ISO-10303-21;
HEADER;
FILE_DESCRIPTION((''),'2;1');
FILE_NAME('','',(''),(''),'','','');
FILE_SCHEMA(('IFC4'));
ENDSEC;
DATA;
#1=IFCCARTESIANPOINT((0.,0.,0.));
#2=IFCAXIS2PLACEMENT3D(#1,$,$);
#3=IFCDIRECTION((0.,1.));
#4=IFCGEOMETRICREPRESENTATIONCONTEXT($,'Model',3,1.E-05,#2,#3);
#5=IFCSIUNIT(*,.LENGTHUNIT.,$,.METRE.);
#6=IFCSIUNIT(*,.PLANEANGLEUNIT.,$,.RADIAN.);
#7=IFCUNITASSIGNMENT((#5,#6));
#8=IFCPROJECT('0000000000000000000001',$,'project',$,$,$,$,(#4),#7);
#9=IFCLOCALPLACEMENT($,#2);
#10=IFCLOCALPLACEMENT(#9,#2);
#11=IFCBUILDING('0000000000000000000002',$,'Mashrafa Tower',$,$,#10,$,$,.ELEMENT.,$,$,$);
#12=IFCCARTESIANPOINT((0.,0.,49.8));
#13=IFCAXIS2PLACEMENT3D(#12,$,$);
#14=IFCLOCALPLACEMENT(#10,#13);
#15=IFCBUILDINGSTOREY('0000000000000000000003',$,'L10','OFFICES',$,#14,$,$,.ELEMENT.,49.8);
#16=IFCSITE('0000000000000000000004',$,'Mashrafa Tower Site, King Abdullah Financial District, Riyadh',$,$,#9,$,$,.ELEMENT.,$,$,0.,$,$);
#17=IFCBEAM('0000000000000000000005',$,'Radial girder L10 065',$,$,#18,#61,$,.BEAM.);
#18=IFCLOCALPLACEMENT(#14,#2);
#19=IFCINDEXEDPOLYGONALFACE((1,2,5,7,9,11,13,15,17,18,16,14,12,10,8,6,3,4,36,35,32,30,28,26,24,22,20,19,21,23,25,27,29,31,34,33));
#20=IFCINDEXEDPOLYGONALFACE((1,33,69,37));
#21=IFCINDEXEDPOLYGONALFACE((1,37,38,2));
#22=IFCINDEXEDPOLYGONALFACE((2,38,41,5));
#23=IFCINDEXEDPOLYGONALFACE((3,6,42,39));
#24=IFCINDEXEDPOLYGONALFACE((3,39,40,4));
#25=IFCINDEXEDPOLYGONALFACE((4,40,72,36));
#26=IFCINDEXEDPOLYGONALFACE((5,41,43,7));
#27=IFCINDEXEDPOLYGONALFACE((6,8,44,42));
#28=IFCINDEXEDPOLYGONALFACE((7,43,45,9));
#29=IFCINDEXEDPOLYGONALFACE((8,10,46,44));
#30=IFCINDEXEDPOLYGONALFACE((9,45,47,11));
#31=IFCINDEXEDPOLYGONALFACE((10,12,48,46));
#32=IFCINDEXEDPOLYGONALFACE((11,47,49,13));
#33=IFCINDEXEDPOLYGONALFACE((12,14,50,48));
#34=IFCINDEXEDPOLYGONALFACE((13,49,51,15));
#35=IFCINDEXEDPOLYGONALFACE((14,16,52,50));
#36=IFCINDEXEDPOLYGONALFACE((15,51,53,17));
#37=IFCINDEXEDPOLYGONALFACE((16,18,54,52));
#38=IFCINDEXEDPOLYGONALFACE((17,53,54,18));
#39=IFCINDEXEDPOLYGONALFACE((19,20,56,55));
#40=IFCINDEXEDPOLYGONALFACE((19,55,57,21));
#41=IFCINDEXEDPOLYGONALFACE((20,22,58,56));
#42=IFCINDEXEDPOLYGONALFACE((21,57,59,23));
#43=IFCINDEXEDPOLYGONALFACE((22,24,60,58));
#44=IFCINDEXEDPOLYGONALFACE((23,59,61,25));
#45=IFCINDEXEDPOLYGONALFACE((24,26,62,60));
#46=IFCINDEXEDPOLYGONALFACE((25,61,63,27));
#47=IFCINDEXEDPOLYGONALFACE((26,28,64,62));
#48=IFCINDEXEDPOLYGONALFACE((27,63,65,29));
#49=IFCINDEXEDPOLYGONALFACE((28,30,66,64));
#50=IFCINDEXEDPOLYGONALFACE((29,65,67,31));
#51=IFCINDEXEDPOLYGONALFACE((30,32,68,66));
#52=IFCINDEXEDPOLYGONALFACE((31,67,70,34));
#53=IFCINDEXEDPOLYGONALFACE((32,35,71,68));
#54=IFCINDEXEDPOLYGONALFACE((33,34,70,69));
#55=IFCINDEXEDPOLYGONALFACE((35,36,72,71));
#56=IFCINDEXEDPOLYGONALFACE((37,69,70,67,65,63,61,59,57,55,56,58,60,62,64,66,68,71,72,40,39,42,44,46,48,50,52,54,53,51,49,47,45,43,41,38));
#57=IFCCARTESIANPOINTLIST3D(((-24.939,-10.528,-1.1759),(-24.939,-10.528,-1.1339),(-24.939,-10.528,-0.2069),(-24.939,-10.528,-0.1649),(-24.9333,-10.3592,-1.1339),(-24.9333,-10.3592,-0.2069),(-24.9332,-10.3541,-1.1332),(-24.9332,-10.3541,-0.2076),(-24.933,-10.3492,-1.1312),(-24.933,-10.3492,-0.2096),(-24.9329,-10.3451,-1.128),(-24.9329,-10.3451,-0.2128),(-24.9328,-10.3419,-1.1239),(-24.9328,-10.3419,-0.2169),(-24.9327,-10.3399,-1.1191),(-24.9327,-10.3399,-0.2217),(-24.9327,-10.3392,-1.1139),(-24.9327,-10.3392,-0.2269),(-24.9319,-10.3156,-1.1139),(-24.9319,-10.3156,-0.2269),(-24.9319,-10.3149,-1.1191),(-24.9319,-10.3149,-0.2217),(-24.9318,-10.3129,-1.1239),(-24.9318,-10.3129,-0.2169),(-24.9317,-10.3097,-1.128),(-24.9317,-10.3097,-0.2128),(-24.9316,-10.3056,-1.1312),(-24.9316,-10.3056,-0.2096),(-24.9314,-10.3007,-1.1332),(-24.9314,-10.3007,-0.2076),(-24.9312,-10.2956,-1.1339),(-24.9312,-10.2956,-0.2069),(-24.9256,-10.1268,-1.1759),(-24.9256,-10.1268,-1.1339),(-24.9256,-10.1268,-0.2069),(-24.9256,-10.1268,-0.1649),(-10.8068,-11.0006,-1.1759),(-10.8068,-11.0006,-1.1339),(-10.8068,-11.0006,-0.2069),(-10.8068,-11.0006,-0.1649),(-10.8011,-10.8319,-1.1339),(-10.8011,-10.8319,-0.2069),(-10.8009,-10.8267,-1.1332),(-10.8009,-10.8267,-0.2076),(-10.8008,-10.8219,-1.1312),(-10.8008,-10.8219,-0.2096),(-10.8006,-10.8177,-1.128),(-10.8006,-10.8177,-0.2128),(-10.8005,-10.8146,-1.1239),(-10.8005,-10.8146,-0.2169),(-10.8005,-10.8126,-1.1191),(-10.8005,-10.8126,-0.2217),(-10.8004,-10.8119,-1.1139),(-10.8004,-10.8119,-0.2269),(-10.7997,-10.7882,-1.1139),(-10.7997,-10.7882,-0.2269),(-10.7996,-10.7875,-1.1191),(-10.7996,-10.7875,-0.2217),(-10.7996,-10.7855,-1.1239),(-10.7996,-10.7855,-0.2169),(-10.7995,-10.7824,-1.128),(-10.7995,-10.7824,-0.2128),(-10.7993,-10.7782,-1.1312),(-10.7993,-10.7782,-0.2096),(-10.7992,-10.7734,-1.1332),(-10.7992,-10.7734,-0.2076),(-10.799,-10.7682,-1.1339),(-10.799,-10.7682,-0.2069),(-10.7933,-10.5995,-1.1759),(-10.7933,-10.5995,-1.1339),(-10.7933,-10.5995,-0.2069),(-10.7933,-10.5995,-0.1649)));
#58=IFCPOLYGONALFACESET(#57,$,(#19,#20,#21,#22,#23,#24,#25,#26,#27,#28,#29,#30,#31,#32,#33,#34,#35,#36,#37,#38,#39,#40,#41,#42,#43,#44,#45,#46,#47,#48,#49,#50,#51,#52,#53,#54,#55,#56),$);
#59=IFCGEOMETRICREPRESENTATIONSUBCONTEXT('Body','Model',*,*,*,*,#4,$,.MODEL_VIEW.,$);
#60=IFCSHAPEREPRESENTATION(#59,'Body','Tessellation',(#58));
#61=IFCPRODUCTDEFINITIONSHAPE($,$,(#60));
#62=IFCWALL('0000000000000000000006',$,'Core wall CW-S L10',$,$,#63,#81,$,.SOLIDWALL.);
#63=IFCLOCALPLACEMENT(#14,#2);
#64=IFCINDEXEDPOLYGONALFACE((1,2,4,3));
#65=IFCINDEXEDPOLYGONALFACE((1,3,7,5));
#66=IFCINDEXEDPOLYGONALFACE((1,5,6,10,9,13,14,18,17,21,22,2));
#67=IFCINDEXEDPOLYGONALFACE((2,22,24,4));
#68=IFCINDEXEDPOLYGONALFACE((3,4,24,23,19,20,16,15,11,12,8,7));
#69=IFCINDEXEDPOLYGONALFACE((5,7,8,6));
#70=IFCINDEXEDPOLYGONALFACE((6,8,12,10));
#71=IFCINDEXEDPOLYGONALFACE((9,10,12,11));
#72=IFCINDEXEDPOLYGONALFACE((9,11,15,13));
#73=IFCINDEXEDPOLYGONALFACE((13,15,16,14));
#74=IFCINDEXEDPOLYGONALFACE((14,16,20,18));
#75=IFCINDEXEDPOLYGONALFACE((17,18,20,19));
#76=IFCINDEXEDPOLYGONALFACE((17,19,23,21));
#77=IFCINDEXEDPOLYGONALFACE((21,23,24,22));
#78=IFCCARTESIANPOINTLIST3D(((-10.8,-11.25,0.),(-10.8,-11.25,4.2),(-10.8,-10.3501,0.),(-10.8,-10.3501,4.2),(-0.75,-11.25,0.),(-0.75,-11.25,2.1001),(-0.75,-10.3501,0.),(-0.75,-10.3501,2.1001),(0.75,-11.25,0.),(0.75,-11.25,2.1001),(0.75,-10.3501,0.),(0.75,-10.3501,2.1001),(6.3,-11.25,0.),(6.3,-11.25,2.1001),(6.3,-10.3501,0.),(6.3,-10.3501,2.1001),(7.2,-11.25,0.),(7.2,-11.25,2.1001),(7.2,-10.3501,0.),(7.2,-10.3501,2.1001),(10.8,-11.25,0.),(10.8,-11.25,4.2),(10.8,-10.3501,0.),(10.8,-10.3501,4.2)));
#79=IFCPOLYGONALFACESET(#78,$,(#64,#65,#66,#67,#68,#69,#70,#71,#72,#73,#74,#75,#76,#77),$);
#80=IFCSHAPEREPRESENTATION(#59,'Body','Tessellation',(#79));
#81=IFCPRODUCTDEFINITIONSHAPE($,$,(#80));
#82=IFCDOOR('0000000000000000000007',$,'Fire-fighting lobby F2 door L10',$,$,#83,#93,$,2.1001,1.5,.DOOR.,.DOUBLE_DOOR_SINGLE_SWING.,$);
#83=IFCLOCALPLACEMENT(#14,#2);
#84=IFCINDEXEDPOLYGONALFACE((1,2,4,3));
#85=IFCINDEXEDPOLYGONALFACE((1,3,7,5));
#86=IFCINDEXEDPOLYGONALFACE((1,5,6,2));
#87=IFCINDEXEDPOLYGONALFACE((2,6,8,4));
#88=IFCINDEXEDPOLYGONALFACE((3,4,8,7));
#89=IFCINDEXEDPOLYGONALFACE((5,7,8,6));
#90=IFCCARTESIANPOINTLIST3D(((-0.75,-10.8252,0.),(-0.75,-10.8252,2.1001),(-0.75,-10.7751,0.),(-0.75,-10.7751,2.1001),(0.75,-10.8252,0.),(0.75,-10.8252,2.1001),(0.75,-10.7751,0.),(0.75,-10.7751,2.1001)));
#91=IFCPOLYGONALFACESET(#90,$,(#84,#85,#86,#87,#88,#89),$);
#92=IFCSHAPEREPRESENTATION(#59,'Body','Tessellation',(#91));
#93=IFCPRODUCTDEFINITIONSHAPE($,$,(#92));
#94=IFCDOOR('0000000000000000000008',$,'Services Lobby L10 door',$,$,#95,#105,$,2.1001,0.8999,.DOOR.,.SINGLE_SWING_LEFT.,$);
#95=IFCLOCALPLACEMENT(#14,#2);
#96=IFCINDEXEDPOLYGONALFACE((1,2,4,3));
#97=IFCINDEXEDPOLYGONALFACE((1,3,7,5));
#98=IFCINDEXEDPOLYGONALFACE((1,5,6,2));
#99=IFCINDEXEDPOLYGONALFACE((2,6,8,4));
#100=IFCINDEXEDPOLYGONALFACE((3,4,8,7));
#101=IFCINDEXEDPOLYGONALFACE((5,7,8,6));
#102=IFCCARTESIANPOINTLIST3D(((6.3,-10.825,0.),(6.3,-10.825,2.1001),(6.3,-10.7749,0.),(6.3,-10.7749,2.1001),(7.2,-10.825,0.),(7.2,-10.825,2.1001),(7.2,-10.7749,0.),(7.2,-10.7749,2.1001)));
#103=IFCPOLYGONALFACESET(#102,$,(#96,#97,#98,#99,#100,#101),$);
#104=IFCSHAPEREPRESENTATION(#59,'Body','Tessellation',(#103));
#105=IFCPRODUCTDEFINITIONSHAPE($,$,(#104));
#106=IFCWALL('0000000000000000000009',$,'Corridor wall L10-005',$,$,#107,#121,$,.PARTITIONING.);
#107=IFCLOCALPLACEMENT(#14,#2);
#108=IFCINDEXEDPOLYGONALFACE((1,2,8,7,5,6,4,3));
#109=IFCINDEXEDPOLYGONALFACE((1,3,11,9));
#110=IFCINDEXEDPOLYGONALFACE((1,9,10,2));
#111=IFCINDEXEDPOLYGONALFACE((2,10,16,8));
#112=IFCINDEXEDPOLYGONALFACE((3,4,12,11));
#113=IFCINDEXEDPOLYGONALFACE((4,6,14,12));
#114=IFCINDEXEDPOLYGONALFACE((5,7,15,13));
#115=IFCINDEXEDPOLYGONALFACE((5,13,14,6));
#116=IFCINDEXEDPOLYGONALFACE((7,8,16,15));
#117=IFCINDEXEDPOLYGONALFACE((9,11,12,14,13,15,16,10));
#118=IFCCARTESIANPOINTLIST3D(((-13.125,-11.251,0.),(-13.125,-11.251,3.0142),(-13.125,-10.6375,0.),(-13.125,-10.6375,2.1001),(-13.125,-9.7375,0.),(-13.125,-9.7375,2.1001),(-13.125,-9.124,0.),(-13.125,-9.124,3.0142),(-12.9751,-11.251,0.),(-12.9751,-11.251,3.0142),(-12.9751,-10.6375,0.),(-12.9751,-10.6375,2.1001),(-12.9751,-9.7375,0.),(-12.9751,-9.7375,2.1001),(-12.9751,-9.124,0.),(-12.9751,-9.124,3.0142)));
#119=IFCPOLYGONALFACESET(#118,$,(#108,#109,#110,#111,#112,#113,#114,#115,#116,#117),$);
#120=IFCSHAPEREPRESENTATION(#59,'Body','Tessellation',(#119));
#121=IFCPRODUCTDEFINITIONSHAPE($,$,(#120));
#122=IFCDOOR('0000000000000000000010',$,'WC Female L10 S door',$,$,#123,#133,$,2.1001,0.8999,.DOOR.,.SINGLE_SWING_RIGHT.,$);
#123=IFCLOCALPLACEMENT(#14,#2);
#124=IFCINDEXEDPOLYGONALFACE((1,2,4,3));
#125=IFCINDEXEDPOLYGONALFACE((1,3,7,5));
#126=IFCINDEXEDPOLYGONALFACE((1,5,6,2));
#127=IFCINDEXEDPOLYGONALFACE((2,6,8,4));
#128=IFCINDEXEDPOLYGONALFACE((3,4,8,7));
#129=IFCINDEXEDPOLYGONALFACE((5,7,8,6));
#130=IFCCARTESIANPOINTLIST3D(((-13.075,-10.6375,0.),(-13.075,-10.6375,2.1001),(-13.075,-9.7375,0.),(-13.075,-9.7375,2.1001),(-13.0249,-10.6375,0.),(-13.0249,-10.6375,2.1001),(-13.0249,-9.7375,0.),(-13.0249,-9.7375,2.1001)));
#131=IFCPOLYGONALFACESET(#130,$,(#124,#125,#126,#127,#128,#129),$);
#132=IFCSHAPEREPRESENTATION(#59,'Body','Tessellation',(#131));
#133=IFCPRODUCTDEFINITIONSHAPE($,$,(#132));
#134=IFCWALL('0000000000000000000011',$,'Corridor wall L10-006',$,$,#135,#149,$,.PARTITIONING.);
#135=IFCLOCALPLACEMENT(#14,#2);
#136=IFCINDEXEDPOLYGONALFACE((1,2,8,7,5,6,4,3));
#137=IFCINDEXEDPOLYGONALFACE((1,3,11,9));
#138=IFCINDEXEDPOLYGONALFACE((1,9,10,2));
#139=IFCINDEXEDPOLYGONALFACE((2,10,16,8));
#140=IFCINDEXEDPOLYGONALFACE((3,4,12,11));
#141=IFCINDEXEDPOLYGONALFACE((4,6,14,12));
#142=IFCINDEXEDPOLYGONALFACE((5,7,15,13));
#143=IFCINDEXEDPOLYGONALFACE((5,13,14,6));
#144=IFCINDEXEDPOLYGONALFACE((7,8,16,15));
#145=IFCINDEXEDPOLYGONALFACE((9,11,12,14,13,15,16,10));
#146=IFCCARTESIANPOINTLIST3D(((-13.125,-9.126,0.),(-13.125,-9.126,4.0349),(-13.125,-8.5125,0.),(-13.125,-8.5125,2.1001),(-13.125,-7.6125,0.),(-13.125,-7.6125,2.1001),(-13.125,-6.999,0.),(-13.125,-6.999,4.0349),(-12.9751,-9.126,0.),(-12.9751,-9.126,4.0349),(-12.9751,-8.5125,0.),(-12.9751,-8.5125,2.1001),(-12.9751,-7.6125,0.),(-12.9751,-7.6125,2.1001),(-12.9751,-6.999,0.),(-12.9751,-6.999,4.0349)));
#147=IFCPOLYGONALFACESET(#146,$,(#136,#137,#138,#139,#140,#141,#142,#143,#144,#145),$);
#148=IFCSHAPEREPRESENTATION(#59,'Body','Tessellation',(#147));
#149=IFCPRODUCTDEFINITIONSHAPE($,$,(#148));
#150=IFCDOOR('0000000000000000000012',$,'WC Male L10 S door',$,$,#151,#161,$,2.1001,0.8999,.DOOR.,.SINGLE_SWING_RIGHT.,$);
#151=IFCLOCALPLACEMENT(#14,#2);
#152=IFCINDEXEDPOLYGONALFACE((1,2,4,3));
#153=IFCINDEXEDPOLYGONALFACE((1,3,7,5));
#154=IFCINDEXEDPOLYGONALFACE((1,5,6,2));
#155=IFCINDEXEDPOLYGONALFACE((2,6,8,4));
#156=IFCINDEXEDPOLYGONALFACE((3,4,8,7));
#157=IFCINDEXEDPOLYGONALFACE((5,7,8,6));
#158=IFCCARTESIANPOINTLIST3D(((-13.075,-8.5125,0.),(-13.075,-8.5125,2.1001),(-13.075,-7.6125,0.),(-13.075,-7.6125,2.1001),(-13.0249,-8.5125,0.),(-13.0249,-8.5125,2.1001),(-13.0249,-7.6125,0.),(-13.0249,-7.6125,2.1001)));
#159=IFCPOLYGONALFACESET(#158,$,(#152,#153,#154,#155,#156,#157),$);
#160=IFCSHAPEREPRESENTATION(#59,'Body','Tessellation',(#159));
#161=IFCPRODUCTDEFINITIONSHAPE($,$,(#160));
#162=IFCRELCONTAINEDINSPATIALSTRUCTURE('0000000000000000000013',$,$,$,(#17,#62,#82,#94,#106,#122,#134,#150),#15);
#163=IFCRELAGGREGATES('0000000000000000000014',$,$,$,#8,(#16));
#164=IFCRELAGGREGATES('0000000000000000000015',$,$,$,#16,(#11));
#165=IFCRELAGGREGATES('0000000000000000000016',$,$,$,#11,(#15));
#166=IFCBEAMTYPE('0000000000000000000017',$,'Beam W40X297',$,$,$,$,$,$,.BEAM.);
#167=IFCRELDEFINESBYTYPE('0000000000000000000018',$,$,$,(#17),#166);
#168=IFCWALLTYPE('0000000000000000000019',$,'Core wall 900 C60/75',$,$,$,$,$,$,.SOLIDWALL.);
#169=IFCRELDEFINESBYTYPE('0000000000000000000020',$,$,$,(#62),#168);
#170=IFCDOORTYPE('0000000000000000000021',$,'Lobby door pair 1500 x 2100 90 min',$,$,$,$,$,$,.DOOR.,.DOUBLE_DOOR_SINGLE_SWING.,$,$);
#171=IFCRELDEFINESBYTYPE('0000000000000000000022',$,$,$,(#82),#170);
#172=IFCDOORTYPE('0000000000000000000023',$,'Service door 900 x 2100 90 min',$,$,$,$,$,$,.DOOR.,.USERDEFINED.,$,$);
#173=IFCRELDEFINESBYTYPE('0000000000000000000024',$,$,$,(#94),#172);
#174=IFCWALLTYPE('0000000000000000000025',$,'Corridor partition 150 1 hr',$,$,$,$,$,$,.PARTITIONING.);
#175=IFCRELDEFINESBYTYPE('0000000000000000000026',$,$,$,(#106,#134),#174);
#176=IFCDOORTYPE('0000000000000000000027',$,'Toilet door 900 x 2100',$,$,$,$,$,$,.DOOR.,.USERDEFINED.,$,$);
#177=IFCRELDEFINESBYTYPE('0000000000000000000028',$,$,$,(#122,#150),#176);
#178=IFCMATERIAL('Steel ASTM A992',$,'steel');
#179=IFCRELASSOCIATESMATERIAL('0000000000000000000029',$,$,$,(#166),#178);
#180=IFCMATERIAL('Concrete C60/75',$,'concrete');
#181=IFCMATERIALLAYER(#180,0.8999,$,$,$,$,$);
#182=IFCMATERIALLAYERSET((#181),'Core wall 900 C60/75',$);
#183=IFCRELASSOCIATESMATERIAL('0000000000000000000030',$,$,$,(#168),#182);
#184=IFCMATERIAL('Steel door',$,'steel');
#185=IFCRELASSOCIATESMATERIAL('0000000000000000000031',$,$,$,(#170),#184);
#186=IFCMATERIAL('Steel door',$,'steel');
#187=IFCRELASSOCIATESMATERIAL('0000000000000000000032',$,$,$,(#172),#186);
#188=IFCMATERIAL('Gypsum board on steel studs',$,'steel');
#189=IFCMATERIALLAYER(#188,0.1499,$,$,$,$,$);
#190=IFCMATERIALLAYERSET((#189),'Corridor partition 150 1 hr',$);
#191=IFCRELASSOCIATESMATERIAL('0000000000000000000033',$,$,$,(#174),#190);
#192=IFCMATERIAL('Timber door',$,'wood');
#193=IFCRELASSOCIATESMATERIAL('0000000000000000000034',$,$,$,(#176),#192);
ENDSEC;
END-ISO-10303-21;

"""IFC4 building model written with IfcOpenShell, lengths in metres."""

from ifc_helpers import new_model, si_unit, direction, frame, frame_2d, origin, origin_2d, place, context, subcontext, project, spatial, rectangle, i_section, extrude, material, layer, layer_set, material_profile, profile_set, type_object, element, fill, save


model = new_model("IFC4")

# Units and contexts
model_context = context("Model", 3, precision=1e-05, world=origin(), true_north=direction((0.0, 1.0)))
body_context = subcontext(model_context, "Body", "Model", "MODEL_VIEW")
ifc_project = project(units=[si_unit("LENGTHUNIT", "METRE"), si_unit("PLANEANGLEUNIT", "RADIAN")], contexts=[model_context])

# Site, building, storey
site_placement = place(None, origin())
site = spatial("IfcSite", under=ifc_project, at=site_placement, Name="Mashrafa Tower Site, King Abdullah Financial District, Riyadh", CompositionType="ELEMENT", RefElevation=0.0)
building_placement = place(site_placement, origin())
building = spatial("IfcBuilding", under=site, at=building_placement, Name="Mashrafa Tower", CompositionType="ELEMENT")
storey_placement = place(building_placement, frame((0.0, 0.0, 49.8)))
storey = spatial("IfcBuildingStorey", under=building, at=storey_placement, Name="L10", Description="OFFICES", CompositionType="ELEMENT", Elevation=49.8)

# Beam
ifc_material_1 = material(Name="Steel ASTM A992", Category="steel")
ifc_material_profile_1 = material_profile(ifc_material_1, i_section(OverallWidth=0.4014, OverallDepth=1.011, WebThickness=0.0237, FlangeThickness=0.042, FilletRadius=0.02, at=origin_2d()), Name="W40X297")
ifc_profile_set_1 = profile_set([ifc_material_profile_1], Name="Steel ASTM A992")
beam_type_1 = type_object("IfcBeamType", Name="Beam W40X297", PredefinedType="BEAM", material=ifc_profile_set_1)
beam_1_placement = place(storey_placement, frame((-10.8, -10.8, -0.6704), z_axis=(-0.999441, 0.033426, 0.0), x_axis=(-0.033426, -0.999441, 0.0)))
element("IfcBeam", 1, at=beam_1_placement, inside=storey, type_object=beam_type_1, Name="Radial girder L10 065", PredefinedType="BEAM", context=body_context, shape_type="SweptSolid", body=[
    extrude(i_section(OverallWidth=0.4014, OverallDepth=1.011, WebThickness=0.0237, FlangeThickness=0.042, FilletRadius=0.02, at=origin_2d()), origin(), (0.0, 0.0, 1.0), 14.1401),
])

# Wall, openings, doors
ifc_material_2 = material(Name="Concrete C60/75", Category="concrete")
ifc_layer_1 = layer(ifc_material_2, 0.8999)
ifc_layer_set_1 = layer_set([ifc_layer_1], Name="Core wall 900 C60/75")
wall_type_1 = type_object("IfcWallType", Name="Core wall 900 C60/75", PredefinedType="SOLIDWALL", material=ifc_layer_set_1)
wall_1_placement = place(storey_placement, frame((-10.8, -10.8, 0.0), z_axis=(0.0, 0.0, 1.0), x_axis=(1.0, 0.0, 0.0)))
wall_1 = element("IfcWall", 2, at=wall_1_placement, inside=storey, type_object=wall_type_1, Name="Core wall CW-S L10", PredefinedType="SOLIDWALL", context=body_context, shape_type="SweptSolid", body=[
    extrude(rectangle(XDim=21.6001, YDim=0.8999, at=frame_2d((10.8, 0.0))), origin(), (0.0, 0.0, 1.0), 4.2),
])
opening_1_placement = place(wall_1_placement, frame((10.05, 0.0, 0.0)))
opening_1 = element("IfcOpeningElement", 3, at=opening_1_placement, cuts=wall_1, PredefinedType="OPENING", context=body_context, shape_type="SweptSolid", body=[
    extrude(rectangle(XDim=1.5, YDim=2.1001, at=frame_2d((0.75, 1.05))), frame((0.0, 0.46, 0.0), z_axis=(0.0, -1.0, 0.0), x_axis=(1.0, 0.0, 0.0)), (0.0, 0.0, 1.0), 0.9199),
])
opening_2_placement = place(wall_1_placement, frame((17.1001, 0.0, 0.0)))
opening_2 = element("IfcOpeningElement", 4, at=opening_2_placement, cuts=wall_1, PredefinedType="OPENING", context=body_context, shape_type="SweptSolid", body=[
    extrude(rectangle(XDim=0.8999, YDim=2.1001, at=frame_2d((0.45, 1.05))), frame((0.0, 0.46, 0.0), z_axis=(0.0, -1.0, 0.0), x_axis=(1.0, 0.0, 0.0)), (0.0, 0.0, 1.0), 0.9199),
])
ifc_material_3 = material(Name="Steel door", Category="steel")
door_type_1 = type_object("IfcDoorType", Name="Lobby door pair 1500 x 2100 90 min", OperationType="DOUBLE_DOOR_SINGLE_SWING", PredefinedType="DOOR", material=ifc_material_3)
door_1_placement = place(opening_1_placement, origin())
door_1 = element("IfcDoor", 5, at=door_1_placement, inside=storey, type_object=door_type_1, Name="Fire-fighting lobby F2 door L10", OperationType="DOUBLE_DOOR_SINGLE_SWING", OverallHeight=2.1001, OverallWidth=1.5, PredefinedType="DOOR", context=body_context, shape_type="SweptSolid", body=[
    extrude(rectangle(XDim=1.5, YDim=2.1001, at=frame_2d((0.75, 1.05))), frame((0.0, 0.0249, 0.0), z_axis=(0.0, -1.0, 0.0), x_axis=(1.0, 0.0, 0.0)), (0.0, 0.0, 1.0), 0.05),
])
fill(opening_1, door_1)
ifc_material_4 = material(Name="Steel door", Category="steel")
door_type_2 = type_object("IfcDoorType", Name="Service door 900 x 2100 90 min", OperationType="USERDEFINED", PredefinedType="DOOR", material=ifc_material_4)
door_2_placement = place(opening_2_placement, frame((0.8999, 0.0, 0.0), z_axis=(0.0, 0.0, 1.0), x_axis=(-1.0, 0.0, 0.0)))
door_2 = element("IfcDoor", 6, at=door_2_placement, inside=storey, type_object=door_type_2, Name="Services Lobby L10 door", OperationType="SINGLE_SWING_LEFT", OverallHeight=2.1001, OverallWidth=0.8999, PredefinedType="DOOR", context=body_context, shape_type="SweptSolid", body=[
    extrude(rectangle(XDim=0.8999, YDim=2.1001, at=frame_2d((0.45, 1.05))), frame((0.0, 0.0249, 0.0), z_axis=(0.0, -1.0, 0.0), x_axis=(1.0, 0.0, 0.0)), (0.0, 0.0, 1.0), 0.05),
])
fill(opening_2, door_2)

# Walls, openings, doors
ifc_material_5 = material(Name="Gypsum board on steel studs", Category="steel")
ifc_layer_2 = layer(ifc_material_5, 0.1499)
ifc_layer_set_2 = layer_set([ifc_layer_2], Name="Corridor partition 150 1 hr")
wall_type_2 = type_object("IfcWallType", Name="Corridor partition 150 1 hr", PredefinedType="PARTITIONING", material=ifc_layer_set_2)
wall_2_placement = place(storey_placement, frame((-13.05, -9.124, 0.0), z_axis=(0.0, 0.0, 1.0), x_axis=(0.0, -1.0, 0.0)))
wall_2 = element("IfcWall", 7, at=wall_2_placement, inside=storey, type_object=wall_type_2, Name="Corridor wall L10-005", PredefinedType="PARTITIONING", context=body_context, shape_type="SweptSolid", body=[
    extrude(rectangle(XDim=2.127, YDim=0.1499, at=frame_2d((1.0635, 0.0))), origin(), (0.0, 0.0, 1.0), 3.0142),
])
opening_3_placement = place(wall_2_placement, frame((0.6135, 0.0, 0.0)))
opening_3 = element("IfcOpeningElement", 8, at=opening_3_placement, cuts=wall_2, PredefinedType="OPENING", context=body_context, shape_type="SweptSolid", body=[
    extrude(rectangle(XDim=0.8999, YDim=2.1001, at=frame_2d((0.45, 1.05))), frame((0.0, 0.085, 0.0), z_axis=(0.0, -1.0, 0.0), x_axis=(1.0, 0.0, 0.0)), (0.0, 0.0, 1.0), 0.1699),
])
ifc_material_6 = material(Name="Timber door", Category="wood")
door_type_3 = type_object("IfcDoorType", Name="Toilet door 900 x 2100", OperationType="USERDEFINED", PredefinedType="DOOR", material=ifc_material_6)
door_3_placement = place(opening_3_placement, frame((0.8999, 0.0, 0.0), z_axis=(0.0, 0.0, 1.0), x_axis=(-1.0, 0.0, 0.0)))
door_3 = element("IfcDoor", 9, at=door_3_placement, inside=storey, type_object=door_type_3, Name="WC Female L10 S door", OperationType="SINGLE_SWING_RIGHT", OverallHeight=2.1001, OverallWidth=0.8999, PredefinedType="DOOR", context=body_context, shape_type="SweptSolid", body=[
    extrude(rectangle(XDim=0.8999, YDim=2.1001, at=frame_2d((0.45, 1.05))), frame((0.0, 0.0249, 0.0), z_axis=(0.0, -1.0, 0.0), x_axis=(1.0, 0.0, 0.0)), (0.0, 0.0, 1.0), 0.05),
])
fill(opening_3, door_3)
wall_3_placement = place(storey_placement, frame((-13.05, -6.999, 0.0), z_axis=(0.0, 0.0, 1.0), x_axis=(0.0, -1.0, 0.0)))
wall_3 = element("IfcWall", 10, at=wall_3_placement, inside=storey, type_object=wall_type_2, Name="Corridor wall L10-006", PredefinedType="PARTITIONING", context=body_context, shape_type="SweptSolid", body=[
    extrude(rectangle(XDim=2.127, YDim=0.1499, at=frame_2d((1.0635, 0.0))), origin(), (0.0, 0.0, 1.0), 4.0349),
])
opening_4_placement = place(wall_3_placement, frame((0.6135, 0.0, 0.0)))
opening_4 = element("IfcOpeningElement", 11, at=opening_4_placement, cuts=wall_3, PredefinedType="OPENING", context=body_context, shape_type="SweptSolid", body=[
    extrude(rectangle(XDim=0.8999, YDim=2.1001, at=frame_2d((0.45, 1.05))), frame((0.0, 0.085, 0.0), z_axis=(0.0, -1.0, 0.0), x_axis=(1.0, 0.0, 0.0)), (0.0, 0.0, 1.0), 0.1699),
])
door_4_placement = place(opening_4_placement, frame((0.8999, 0.0, 0.0), z_axis=(0.0, 0.0, 1.0), x_axis=(-1.0, 0.0, 0.0)))
door_4 = element("IfcDoor", 12, at=door_4_placement, inside=storey, type_object=door_type_3, Name="WC Male L10 S door", OperationType="SINGLE_SWING_RIGHT", OverallHeight=2.1001, OverallWidth=0.8999, PredefinedType="DOOR", context=body_context, shape_type="SweptSolid", body=[
    extrude(rectangle(XDim=0.8999, YDim=2.1001, at=frame_2d((0.45, 1.05))), frame((0.0, 0.0249, 0.0), z_axis=(0.0, -1.0, 0.0), x_axis=(1.0, 0.0, 0.0)), (0.0, 0.0, 1.0), 0.05),
])
fill(opening_4, door_4)

save(model, "model.ifc")
